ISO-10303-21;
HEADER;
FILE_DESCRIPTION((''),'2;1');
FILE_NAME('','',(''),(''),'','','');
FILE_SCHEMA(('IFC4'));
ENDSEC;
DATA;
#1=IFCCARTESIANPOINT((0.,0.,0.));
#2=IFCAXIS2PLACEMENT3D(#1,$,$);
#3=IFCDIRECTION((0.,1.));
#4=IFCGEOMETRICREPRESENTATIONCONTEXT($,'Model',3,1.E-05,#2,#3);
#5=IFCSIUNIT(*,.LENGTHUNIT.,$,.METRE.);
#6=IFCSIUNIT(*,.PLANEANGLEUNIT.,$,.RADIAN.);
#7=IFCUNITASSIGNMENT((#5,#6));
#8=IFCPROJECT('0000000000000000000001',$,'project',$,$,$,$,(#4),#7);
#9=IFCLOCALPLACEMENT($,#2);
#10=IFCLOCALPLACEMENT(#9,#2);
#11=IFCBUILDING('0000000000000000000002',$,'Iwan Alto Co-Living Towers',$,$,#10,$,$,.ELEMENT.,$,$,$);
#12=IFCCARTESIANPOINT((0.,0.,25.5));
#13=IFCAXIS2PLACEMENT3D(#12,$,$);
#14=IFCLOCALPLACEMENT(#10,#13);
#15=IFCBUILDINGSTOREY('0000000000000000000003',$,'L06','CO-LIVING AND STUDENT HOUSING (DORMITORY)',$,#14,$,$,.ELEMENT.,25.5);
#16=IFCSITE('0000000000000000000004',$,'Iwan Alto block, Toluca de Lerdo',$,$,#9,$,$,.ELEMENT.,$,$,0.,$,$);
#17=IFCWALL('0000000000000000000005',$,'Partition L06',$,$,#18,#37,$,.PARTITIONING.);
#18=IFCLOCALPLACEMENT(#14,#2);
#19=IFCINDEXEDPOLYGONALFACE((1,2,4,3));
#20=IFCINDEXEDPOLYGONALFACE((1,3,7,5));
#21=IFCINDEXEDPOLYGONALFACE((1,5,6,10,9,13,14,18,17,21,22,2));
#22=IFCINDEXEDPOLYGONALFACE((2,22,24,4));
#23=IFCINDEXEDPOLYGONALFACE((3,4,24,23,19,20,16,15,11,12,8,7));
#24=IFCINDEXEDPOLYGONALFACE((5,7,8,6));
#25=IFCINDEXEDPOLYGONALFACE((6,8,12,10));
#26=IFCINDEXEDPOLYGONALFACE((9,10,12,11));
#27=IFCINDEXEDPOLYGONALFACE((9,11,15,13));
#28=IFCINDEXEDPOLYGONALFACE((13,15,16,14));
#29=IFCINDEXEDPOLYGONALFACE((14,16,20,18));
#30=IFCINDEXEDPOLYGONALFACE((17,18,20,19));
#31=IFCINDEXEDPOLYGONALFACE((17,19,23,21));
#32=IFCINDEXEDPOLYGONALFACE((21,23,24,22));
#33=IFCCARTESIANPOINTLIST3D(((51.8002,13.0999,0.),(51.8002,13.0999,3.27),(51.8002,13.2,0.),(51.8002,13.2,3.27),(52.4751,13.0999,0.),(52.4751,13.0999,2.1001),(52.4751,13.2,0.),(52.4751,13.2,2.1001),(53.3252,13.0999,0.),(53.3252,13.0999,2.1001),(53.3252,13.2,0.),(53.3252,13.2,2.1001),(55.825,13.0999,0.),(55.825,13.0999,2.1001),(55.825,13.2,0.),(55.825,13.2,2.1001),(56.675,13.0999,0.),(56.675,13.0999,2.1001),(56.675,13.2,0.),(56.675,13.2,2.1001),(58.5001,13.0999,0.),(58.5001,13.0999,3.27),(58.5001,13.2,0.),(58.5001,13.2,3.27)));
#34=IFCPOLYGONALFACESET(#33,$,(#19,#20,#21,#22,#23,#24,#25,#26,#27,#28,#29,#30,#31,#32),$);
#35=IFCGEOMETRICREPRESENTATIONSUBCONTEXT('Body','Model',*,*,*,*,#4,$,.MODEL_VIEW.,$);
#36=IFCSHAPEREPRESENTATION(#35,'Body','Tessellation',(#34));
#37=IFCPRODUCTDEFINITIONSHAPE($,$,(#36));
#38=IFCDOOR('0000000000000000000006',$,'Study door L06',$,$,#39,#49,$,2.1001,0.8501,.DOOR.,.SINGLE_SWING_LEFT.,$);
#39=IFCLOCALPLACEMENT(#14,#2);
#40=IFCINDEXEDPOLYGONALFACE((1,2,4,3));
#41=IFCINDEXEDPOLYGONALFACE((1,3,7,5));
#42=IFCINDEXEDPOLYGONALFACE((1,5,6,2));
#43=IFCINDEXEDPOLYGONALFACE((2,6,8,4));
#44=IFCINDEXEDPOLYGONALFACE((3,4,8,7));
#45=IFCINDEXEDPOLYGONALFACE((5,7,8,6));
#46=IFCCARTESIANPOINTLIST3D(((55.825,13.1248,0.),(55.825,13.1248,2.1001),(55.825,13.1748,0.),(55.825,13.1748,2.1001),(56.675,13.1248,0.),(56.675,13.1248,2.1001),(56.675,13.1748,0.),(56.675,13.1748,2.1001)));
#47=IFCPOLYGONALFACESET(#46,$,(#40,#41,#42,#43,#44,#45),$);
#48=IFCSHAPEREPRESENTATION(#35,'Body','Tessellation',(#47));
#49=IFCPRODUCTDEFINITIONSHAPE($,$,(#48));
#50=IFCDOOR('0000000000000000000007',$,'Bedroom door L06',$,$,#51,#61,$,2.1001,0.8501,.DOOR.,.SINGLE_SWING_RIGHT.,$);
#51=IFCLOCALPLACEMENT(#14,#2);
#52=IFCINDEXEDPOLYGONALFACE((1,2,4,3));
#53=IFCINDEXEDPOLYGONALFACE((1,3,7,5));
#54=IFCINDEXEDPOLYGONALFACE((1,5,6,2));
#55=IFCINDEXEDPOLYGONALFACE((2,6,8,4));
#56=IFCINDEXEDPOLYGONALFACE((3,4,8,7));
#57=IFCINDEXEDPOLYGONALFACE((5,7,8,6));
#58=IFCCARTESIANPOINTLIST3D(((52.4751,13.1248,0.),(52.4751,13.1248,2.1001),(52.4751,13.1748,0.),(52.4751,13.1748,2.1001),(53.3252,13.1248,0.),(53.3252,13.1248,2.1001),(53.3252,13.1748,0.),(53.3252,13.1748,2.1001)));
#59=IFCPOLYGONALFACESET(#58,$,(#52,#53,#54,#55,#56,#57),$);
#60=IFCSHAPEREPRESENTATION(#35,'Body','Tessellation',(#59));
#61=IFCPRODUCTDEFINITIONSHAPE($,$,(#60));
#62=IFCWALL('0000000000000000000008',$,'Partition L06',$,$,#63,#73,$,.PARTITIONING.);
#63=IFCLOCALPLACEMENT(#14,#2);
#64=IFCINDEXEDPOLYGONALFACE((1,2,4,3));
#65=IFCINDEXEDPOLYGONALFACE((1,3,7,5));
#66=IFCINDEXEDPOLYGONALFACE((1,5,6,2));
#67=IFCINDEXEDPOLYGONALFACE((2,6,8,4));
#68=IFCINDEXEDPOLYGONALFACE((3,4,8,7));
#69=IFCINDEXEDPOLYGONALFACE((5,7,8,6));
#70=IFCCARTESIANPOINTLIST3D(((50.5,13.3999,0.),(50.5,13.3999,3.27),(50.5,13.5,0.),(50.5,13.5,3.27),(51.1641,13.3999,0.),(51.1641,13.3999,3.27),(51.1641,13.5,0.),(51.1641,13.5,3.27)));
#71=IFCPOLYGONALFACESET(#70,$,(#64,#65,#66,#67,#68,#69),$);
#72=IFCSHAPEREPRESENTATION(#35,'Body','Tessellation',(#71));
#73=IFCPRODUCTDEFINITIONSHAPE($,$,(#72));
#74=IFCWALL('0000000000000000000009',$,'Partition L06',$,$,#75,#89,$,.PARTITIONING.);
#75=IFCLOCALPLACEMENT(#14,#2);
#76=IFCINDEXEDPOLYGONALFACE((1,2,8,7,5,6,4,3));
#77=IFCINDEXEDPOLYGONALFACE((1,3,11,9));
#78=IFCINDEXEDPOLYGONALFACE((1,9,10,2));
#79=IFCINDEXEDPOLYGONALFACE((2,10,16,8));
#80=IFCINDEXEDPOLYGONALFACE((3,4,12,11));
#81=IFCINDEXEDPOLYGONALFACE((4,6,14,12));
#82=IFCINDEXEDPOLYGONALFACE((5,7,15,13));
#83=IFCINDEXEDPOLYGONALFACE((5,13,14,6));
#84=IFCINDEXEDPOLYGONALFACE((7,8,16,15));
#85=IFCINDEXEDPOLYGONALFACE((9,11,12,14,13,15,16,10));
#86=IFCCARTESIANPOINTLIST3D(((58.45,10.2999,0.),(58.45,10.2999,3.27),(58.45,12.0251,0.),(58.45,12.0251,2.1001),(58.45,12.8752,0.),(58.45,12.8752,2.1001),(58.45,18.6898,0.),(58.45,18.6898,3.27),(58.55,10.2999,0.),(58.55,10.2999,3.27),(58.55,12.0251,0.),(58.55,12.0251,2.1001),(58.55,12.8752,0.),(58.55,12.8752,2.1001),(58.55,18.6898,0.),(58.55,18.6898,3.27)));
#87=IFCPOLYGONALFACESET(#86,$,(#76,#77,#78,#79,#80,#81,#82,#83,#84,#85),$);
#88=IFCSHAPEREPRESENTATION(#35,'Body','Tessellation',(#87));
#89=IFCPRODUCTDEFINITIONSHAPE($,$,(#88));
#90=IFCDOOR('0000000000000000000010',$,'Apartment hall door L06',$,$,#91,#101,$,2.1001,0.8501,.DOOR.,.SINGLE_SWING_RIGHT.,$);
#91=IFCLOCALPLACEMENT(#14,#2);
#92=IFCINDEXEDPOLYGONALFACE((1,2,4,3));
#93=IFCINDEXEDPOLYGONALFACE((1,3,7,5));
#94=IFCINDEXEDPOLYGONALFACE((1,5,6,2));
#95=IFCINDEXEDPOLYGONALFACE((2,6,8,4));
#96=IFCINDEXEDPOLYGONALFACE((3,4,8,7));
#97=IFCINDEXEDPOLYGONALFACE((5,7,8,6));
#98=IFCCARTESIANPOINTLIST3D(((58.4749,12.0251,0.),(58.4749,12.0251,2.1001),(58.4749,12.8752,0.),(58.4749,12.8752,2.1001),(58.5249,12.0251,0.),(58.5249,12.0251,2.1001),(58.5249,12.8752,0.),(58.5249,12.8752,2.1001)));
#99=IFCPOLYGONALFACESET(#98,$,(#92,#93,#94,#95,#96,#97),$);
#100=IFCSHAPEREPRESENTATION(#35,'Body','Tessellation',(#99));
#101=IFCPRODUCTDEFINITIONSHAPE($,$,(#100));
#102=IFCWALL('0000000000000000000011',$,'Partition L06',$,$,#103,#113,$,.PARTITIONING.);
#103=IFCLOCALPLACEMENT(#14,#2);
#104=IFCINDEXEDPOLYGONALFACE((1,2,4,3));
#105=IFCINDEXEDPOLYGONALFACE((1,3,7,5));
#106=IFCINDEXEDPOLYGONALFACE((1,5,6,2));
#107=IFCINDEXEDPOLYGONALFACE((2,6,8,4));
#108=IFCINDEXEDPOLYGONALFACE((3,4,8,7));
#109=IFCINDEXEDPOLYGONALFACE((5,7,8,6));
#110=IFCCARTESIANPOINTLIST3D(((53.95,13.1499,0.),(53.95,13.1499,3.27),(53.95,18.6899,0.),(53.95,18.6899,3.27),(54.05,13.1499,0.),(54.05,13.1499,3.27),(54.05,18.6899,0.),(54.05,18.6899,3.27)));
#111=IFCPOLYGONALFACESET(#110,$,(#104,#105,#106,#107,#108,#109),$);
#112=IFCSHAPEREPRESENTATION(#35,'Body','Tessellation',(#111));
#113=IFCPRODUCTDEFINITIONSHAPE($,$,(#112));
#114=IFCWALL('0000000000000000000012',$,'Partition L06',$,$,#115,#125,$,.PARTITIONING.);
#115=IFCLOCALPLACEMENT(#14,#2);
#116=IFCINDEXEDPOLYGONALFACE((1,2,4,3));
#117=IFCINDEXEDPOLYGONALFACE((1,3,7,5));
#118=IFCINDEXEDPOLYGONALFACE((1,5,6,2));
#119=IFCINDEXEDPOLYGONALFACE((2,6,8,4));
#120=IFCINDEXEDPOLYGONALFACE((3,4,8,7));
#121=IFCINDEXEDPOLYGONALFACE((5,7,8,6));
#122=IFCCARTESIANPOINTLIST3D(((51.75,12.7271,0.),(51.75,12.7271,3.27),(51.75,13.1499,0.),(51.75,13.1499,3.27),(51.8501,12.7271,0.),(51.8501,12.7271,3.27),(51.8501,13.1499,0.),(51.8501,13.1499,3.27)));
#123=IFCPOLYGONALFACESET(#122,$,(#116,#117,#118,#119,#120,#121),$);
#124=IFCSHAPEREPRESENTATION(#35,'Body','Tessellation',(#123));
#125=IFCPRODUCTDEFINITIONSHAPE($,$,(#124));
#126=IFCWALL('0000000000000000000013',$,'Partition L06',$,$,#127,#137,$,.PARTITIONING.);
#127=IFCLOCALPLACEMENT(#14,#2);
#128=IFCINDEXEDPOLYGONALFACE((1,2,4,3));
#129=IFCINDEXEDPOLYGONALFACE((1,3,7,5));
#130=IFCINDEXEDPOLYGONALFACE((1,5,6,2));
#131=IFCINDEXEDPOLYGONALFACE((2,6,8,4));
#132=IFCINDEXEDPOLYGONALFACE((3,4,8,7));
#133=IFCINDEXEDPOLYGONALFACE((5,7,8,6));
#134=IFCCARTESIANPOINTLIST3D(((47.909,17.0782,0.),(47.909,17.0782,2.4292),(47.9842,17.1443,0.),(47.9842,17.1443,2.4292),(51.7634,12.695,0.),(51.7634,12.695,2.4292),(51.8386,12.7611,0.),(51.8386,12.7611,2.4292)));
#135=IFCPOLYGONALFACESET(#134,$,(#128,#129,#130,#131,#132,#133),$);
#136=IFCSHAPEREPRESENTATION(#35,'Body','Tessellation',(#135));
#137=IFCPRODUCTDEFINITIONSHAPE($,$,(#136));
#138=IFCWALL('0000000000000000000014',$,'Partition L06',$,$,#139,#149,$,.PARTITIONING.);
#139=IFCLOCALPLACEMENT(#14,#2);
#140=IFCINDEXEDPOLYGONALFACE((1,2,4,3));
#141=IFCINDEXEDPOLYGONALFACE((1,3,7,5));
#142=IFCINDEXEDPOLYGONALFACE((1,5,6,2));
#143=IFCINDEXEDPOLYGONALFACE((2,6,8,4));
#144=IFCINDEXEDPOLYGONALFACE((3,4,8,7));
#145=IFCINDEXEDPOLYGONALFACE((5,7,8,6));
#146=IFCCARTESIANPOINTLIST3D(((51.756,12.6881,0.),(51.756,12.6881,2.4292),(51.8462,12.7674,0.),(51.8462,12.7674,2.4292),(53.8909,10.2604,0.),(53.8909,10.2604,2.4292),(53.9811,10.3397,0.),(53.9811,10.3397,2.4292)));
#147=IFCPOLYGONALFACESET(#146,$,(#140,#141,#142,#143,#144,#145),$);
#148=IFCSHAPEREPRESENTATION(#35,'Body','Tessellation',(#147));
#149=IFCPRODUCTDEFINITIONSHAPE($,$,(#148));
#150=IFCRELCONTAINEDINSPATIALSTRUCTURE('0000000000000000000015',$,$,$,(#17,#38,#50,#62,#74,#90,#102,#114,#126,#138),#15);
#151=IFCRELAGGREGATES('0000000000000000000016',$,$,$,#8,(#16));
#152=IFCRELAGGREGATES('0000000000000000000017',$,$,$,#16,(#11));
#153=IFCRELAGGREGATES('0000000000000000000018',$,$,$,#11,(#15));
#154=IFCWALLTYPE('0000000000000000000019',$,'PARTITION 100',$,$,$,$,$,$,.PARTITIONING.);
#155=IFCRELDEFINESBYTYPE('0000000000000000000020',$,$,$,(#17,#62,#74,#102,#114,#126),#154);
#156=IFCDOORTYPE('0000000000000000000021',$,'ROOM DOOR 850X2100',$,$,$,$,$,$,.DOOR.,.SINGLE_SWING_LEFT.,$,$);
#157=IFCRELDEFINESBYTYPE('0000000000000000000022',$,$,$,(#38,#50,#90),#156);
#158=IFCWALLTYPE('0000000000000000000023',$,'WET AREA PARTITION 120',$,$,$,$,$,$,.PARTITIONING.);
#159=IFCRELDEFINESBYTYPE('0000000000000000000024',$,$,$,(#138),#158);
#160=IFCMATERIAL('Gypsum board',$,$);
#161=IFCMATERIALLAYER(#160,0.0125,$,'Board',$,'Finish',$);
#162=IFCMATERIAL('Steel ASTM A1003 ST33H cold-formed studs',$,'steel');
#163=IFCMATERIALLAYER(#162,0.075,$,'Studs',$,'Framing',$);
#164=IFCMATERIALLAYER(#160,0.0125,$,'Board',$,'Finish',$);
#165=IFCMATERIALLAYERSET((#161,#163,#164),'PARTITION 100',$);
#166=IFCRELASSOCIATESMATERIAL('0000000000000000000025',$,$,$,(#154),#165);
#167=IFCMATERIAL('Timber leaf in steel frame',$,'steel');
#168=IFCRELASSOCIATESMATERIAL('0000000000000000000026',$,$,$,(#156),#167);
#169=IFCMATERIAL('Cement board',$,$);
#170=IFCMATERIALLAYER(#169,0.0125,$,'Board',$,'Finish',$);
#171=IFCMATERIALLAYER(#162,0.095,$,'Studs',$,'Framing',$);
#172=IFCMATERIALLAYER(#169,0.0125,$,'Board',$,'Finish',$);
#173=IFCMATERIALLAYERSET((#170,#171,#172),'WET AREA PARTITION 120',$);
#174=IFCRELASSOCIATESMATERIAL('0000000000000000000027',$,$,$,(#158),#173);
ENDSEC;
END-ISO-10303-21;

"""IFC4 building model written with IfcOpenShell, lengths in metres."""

from ifc_helpers import new_model, si_unit, direction, frame, frame_2d, origin, place, context, subcontext, project, spatial, rectangle, extrude, material, layer, layer_set, type_object, element, fill, save


model = new_model("IFC4")

# Units and contexts
model_context = context("Model", 3, precision=1e-05, world=origin(), true_north=direction((0.0, 1.0)))
body_context = subcontext(model_context, "Body", "Model", "MODEL_VIEW")
ifc_project = project(units=[si_unit("LENGTHUNIT", "METRE"), si_unit("PLANEANGLEUNIT", "RADIAN")], contexts=[model_context])

# Site, building, storey
site_placement = place(None, origin())
site = spatial("IfcSite", under=ifc_project, at=site_placement, Name="Iwan Alto block, Toluca de Lerdo", CompositionType="ELEMENT", RefElevation=0.0)
building_placement = place(site_placement, origin())
building = spatial("IfcBuilding", under=site, at=building_placement, Name="Iwan Alto Co-Living Towers", CompositionType="ELEMENT")
storey_placement = place(building_placement, frame((0.0, 0.0, 25.5)))
storey = spatial("IfcBuildingStorey", under=building, at=storey_placement, Name="L06", Description="CO-LIVING AND STUDENT HOUSING (DORMITORY)", CompositionType="ELEMENT", Elevation=25.5)

# Shared definitions
ifc_material_1 = material(Name="Gypsum board")
ifc_material_2 = material(Name="Steel ASTM A1003 ST33H cold-formed studs", Category="steel")

# Wall, openings, doors
ifc_layer_1 = layer(ifc_material_1, 0.0125, Name="Board", Category="Finish")
ifc_layer_2 = layer(ifc_material_2, 0.075, Name="Studs", Category="Framing")
ifc_layer_3 = layer(ifc_material_1, 0.0125, Name="Board", Category="Finish")
ifc_layer_set_1 = layer_set([ifc_layer_1, ifc_layer_2, ifc_layer_3], Name="PARTITION 100")
wall_type_1 = type_object("IfcWallType", Name="PARTITION 100", PredefinedType="PARTITIONING", material=ifc_layer_set_1)
ifc_material_3 = material(Name="Timber leaf in steel frame", Category="steel")
door_type_1 = type_object("IfcDoorType", Name="ROOM DOOR 850X2100", OperationType="SINGLE_SWING_LEFT", PredefinedType="DOOR", material=ifc_material_3)
wall_1_placement = place(storey_placement, frame((51.8, 13.1499, 0.0), z_axis=(0.0, 0.0, 1.0), x_axis=(1.0, 0.0, 0.0)))
wall_1 = element("IfcWall", 1, at=wall_1_placement, inside=storey, type_object=wall_type_1, Name="Partition L06", PredefinedType="PARTITIONING", context=body_context, shape_type="SweptSolid", body=[
    extrude(rectangle(XDim=6.7, YDim=0.1001, at=frame_2d((3.3501, 0.0))), origin(), (0.0, 0.0, 1.0), 3.27),
])
opening_1_placement = place(wall_1_placement, frame((4.0249, 0.0, 0.0)))
opening_1 = element("IfcOpeningElement", 2, at=opening_1_placement, cuts=wall_1, PredefinedType="OPENING", context=body_context, shape_type="SweptSolid", body=[
    extrude(rectangle(XDim=0.8501, YDim=2.1001, at=frame_2d((0.425, 1.05))), frame((0.0, 0.0601, 0.0), z_axis=(0.0, -1.0, 0.0), x_axis=(1.0, 0.0, 0.0)), (0.0, 0.0, 1.0), 0.1201),
])
opening_2_placement = place(wall_1_placement, frame((0.675, 0.0, 0.0)))
opening_2 = element("IfcOpeningElement", 3, at=opening_2_placement, cuts=wall_1, PredefinedType="OPENING", context=body_context, shape_type="SweptSolid", body=[
    extrude(rectangle(XDim=0.8501, YDim=2.1001, at=frame_2d((0.425, 1.05))), frame((0.0, 0.0601, 0.0), z_axis=(0.0, -1.0, 0.0), x_axis=(1.0, 0.0, 0.0)), (0.0, 0.0, 1.0), 0.1201),
])
door_1_placement = place(opening_1_placement, origin())
door_1 = element("IfcDoor", 4, at=door_1_placement, inside=storey, type_object=door_type_1, Name="Study door L06", OperationType="SINGLE_SWING_LEFT", OverallHeight=2.1001, OverallWidth=0.8501, PredefinedType="DOOR", context=body_context, shape_type="SweptSolid", body=[
    extrude(rectangle(XDim=0.8501, YDim=2.1001, at=frame_2d((0.425, 1.05))), frame((0.0, 0.0249, 0.0), z_axis=(0.0, -1.0, 0.0), x_axis=(1.0, 0.0, 0.0)), (0.0, 0.0, 1.0), 0.05),
])
fill(opening_1, door_1)
door_2_placement = place(opening_2_placement, origin())
door_2 = element("IfcDoor", 5, at=door_2_placement, inside=storey, type_object=door_type_1, Name="Bedroom door L06", OperationType="SINGLE_SWING_RIGHT", OverallHeight=2.1001, OverallWidth=0.8501, PredefinedType="DOOR", context=body_context, shape_type="SweptSolid", body=[
    extrude(rectangle(XDim=0.8501, YDim=2.1001, at=frame_2d((0.425, 1.05))), frame((0.0, 0.0249, 0.0), z_axis=(0.0, -1.0, 0.0), x_axis=(1.0, 0.0, 0.0)), (0.0, 0.0, 1.0), 0.05),
])
fill(opening_2, door_2)

# Wall
wall_2_placement = place(storey_placement, frame((50.5, 13.45, 0.0), z_axis=(0.0, 0.0, 1.0), x_axis=(1.0, 0.0, 0.0)))
element("IfcWall", 6, at=wall_2_placement, inside=storey, type_object=wall_type_1, Name="Partition L06", PredefinedType="PARTITIONING", context=body_context, shape_type="SweptSolid", body=[
    extrude(rectangle(XDim=0.6641, YDim=0.1001, at=frame_2d((0.332, 0.0))), origin(), (0.0, 0.0, 1.0), 3.27),
])

# Wall, opening, door
wall_3_placement = place(storey_placement, frame((58.5, 10.3, 0.0), z_axis=(0.0, 0.0, 1.0), x_axis=(0.0, 1.0, 0.0)))
wall_3 = element("IfcWall", 7, at=wall_3_placement, inside=storey, type_object=wall_type_1, Name="Partition L06", PredefinedType="PARTITIONING", context=body_context, shape_type="SweptSolid", body=[
    extrude(rectangle(XDim=8.3899, YDim=0.1001, at=frame_2d((4.1948, 0.0))), origin(), (0.0, 0.0, 1.0), 3.27),
])
opening_3_placement = place(wall_3_placement, frame((1.7251, 0.0, 0.0)))
opening_3 = element("IfcOpeningElement", 8, at=opening_3_placement, cuts=wall_3, PredefinedType="OPENING", context=body_context, shape_type="SweptSolid", body=[
    extrude(rectangle(XDim=0.8501, YDim=2.1001, at=frame_2d((0.425, 1.05))), frame((0.0, 0.0601, 0.0), z_axis=(0.0, -1.0, 0.0), x_axis=(1.0, 0.0, 0.0)), (0.0, 0.0, 1.0), 0.1201),
])
door_3_placement = place(opening_3_placement, frame((0.8501, 0.0, 0.0), z_axis=(0.0, 0.0, 1.0), x_axis=(-1.0, 0.0, 0.0)))
door_3 = element("IfcDoor", 9, at=door_3_placement, inside=storey, type_object=door_type_1, Name="Apartment hall door L06", OperationType="SINGLE_SWING_RIGHT", OverallHeight=2.1001, OverallWidth=0.8501, PredefinedType="DOOR", context=body_context, shape_type="SweptSolid", body=[
    extrude(rectangle(XDim=0.8501, YDim=2.1001, at=frame_2d((0.425, 1.05))), frame((0.0, 0.0249, 0.0), z_axis=(0.0, -1.0, 0.0), x_axis=(1.0, 0.0, 0.0)), (0.0, 0.0, 1.0), 0.05),
])
fill(opening_3, door_3)

# Walls
wall_4_placement = place(storey_placement, frame((54.0, 13.1499, 0.0), z_axis=(0.0, 0.0, 1.0), x_axis=(0.0, 1.0, 0.0)))
element("IfcWall", 10, at=wall_4_placement, inside=storey, type_object=wall_type_1, Name="Partition L06", PredefinedType="PARTITIONING", context=body_context, shape_type="SweptSolid", body=[
    extrude(rectangle(XDim=5.54, YDim=0.1001, at=frame_2d((2.77, 0.0))), origin(), (0.0, 0.0, 1.0), 3.27),
])
wall_5_placement = place(storey_placement, frame((51.8, 12.7271, 0.0), z_axis=(0.0, 0.0, 1.0), x_axis=(0.0, 1.0, 0.0)))
element("IfcWall", 11, at=wall_5_placement, inside=storey, type_object=wall_type_1, Name="Partition L06", PredefinedType="PARTITIONING", context=body_context, shape_type="SweptSolid", body=[
    extrude(rectangle(XDim=0.4229, YDim=0.1001, at=frame_2d((0.2114, 0.0))), origin(), (0.0, 0.0, 1.0), 3.27),
])
wall_6_placement = place(storey_placement, frame((51.801, 12.728, 0.0), z_axis=(0.0, 0.0, 1.0), x_axis=(-0.660356, 0.750952, 0.0)))
element("IfcWall", 12, at=wall_6_placement, inside=storey, type_object=wall_type_1, Name="Partition L06", PredefinedType="PARTITIONING", context=body_context, shape_type="SweptSolid", body=[
    extrude(rectangle(XDim=5.8369, YDim=0.1001, at=frame_2d((2.9185, 0.0))), origin(), (0.0, 0.0, 1.0), 2.4292),
])
ifc_material_4 = material(Name="Cement board")
ifc_layer_4 = layer(ifc_material_4, 0.0125, Name="Board", Category="Finish")
ifc_layer_5 = layer(ifc_material_2, 0.095, Name="Studs", Category="Framing")
ifc_layer_6 = layer(ifc_material_4, 0.0125, Name="Board", Category="Finish")
ifc_layer_set_2 = layer_set([ifc_layer_4, ifc_layer_5, ifc_layer_6], Name="WET AREA PARTITION 120")
wall_type_2 = type_object("IfcWallType", Name="WET AREA PARTITION 120", PredefinedType="PARTITIONING", material=ifc_layer_set_2)
wall_7_placement = place(storey_placement, frame((53.936, 10.3, 0.0), z_axis=(0.0, 0.0, 1.0), x_axis=(-0.660384, 0.750928, 0.0)))
element("IfcWall", 13, at=wall_7_placement, inside=storey, type_object=wall_type_2, Name="Partition L06", PredefinedType="PARTITIONING", context=body_context, shape_type="SweptSolid", body=[
    extrude(rectangle(XDim=3.2329, YDim=0.1201, at=frame_2d((1.6165, 0.0))), origin(), (0.0, 0.0, 1.0), 2.4292),
])

save(model, "model.ifc")
